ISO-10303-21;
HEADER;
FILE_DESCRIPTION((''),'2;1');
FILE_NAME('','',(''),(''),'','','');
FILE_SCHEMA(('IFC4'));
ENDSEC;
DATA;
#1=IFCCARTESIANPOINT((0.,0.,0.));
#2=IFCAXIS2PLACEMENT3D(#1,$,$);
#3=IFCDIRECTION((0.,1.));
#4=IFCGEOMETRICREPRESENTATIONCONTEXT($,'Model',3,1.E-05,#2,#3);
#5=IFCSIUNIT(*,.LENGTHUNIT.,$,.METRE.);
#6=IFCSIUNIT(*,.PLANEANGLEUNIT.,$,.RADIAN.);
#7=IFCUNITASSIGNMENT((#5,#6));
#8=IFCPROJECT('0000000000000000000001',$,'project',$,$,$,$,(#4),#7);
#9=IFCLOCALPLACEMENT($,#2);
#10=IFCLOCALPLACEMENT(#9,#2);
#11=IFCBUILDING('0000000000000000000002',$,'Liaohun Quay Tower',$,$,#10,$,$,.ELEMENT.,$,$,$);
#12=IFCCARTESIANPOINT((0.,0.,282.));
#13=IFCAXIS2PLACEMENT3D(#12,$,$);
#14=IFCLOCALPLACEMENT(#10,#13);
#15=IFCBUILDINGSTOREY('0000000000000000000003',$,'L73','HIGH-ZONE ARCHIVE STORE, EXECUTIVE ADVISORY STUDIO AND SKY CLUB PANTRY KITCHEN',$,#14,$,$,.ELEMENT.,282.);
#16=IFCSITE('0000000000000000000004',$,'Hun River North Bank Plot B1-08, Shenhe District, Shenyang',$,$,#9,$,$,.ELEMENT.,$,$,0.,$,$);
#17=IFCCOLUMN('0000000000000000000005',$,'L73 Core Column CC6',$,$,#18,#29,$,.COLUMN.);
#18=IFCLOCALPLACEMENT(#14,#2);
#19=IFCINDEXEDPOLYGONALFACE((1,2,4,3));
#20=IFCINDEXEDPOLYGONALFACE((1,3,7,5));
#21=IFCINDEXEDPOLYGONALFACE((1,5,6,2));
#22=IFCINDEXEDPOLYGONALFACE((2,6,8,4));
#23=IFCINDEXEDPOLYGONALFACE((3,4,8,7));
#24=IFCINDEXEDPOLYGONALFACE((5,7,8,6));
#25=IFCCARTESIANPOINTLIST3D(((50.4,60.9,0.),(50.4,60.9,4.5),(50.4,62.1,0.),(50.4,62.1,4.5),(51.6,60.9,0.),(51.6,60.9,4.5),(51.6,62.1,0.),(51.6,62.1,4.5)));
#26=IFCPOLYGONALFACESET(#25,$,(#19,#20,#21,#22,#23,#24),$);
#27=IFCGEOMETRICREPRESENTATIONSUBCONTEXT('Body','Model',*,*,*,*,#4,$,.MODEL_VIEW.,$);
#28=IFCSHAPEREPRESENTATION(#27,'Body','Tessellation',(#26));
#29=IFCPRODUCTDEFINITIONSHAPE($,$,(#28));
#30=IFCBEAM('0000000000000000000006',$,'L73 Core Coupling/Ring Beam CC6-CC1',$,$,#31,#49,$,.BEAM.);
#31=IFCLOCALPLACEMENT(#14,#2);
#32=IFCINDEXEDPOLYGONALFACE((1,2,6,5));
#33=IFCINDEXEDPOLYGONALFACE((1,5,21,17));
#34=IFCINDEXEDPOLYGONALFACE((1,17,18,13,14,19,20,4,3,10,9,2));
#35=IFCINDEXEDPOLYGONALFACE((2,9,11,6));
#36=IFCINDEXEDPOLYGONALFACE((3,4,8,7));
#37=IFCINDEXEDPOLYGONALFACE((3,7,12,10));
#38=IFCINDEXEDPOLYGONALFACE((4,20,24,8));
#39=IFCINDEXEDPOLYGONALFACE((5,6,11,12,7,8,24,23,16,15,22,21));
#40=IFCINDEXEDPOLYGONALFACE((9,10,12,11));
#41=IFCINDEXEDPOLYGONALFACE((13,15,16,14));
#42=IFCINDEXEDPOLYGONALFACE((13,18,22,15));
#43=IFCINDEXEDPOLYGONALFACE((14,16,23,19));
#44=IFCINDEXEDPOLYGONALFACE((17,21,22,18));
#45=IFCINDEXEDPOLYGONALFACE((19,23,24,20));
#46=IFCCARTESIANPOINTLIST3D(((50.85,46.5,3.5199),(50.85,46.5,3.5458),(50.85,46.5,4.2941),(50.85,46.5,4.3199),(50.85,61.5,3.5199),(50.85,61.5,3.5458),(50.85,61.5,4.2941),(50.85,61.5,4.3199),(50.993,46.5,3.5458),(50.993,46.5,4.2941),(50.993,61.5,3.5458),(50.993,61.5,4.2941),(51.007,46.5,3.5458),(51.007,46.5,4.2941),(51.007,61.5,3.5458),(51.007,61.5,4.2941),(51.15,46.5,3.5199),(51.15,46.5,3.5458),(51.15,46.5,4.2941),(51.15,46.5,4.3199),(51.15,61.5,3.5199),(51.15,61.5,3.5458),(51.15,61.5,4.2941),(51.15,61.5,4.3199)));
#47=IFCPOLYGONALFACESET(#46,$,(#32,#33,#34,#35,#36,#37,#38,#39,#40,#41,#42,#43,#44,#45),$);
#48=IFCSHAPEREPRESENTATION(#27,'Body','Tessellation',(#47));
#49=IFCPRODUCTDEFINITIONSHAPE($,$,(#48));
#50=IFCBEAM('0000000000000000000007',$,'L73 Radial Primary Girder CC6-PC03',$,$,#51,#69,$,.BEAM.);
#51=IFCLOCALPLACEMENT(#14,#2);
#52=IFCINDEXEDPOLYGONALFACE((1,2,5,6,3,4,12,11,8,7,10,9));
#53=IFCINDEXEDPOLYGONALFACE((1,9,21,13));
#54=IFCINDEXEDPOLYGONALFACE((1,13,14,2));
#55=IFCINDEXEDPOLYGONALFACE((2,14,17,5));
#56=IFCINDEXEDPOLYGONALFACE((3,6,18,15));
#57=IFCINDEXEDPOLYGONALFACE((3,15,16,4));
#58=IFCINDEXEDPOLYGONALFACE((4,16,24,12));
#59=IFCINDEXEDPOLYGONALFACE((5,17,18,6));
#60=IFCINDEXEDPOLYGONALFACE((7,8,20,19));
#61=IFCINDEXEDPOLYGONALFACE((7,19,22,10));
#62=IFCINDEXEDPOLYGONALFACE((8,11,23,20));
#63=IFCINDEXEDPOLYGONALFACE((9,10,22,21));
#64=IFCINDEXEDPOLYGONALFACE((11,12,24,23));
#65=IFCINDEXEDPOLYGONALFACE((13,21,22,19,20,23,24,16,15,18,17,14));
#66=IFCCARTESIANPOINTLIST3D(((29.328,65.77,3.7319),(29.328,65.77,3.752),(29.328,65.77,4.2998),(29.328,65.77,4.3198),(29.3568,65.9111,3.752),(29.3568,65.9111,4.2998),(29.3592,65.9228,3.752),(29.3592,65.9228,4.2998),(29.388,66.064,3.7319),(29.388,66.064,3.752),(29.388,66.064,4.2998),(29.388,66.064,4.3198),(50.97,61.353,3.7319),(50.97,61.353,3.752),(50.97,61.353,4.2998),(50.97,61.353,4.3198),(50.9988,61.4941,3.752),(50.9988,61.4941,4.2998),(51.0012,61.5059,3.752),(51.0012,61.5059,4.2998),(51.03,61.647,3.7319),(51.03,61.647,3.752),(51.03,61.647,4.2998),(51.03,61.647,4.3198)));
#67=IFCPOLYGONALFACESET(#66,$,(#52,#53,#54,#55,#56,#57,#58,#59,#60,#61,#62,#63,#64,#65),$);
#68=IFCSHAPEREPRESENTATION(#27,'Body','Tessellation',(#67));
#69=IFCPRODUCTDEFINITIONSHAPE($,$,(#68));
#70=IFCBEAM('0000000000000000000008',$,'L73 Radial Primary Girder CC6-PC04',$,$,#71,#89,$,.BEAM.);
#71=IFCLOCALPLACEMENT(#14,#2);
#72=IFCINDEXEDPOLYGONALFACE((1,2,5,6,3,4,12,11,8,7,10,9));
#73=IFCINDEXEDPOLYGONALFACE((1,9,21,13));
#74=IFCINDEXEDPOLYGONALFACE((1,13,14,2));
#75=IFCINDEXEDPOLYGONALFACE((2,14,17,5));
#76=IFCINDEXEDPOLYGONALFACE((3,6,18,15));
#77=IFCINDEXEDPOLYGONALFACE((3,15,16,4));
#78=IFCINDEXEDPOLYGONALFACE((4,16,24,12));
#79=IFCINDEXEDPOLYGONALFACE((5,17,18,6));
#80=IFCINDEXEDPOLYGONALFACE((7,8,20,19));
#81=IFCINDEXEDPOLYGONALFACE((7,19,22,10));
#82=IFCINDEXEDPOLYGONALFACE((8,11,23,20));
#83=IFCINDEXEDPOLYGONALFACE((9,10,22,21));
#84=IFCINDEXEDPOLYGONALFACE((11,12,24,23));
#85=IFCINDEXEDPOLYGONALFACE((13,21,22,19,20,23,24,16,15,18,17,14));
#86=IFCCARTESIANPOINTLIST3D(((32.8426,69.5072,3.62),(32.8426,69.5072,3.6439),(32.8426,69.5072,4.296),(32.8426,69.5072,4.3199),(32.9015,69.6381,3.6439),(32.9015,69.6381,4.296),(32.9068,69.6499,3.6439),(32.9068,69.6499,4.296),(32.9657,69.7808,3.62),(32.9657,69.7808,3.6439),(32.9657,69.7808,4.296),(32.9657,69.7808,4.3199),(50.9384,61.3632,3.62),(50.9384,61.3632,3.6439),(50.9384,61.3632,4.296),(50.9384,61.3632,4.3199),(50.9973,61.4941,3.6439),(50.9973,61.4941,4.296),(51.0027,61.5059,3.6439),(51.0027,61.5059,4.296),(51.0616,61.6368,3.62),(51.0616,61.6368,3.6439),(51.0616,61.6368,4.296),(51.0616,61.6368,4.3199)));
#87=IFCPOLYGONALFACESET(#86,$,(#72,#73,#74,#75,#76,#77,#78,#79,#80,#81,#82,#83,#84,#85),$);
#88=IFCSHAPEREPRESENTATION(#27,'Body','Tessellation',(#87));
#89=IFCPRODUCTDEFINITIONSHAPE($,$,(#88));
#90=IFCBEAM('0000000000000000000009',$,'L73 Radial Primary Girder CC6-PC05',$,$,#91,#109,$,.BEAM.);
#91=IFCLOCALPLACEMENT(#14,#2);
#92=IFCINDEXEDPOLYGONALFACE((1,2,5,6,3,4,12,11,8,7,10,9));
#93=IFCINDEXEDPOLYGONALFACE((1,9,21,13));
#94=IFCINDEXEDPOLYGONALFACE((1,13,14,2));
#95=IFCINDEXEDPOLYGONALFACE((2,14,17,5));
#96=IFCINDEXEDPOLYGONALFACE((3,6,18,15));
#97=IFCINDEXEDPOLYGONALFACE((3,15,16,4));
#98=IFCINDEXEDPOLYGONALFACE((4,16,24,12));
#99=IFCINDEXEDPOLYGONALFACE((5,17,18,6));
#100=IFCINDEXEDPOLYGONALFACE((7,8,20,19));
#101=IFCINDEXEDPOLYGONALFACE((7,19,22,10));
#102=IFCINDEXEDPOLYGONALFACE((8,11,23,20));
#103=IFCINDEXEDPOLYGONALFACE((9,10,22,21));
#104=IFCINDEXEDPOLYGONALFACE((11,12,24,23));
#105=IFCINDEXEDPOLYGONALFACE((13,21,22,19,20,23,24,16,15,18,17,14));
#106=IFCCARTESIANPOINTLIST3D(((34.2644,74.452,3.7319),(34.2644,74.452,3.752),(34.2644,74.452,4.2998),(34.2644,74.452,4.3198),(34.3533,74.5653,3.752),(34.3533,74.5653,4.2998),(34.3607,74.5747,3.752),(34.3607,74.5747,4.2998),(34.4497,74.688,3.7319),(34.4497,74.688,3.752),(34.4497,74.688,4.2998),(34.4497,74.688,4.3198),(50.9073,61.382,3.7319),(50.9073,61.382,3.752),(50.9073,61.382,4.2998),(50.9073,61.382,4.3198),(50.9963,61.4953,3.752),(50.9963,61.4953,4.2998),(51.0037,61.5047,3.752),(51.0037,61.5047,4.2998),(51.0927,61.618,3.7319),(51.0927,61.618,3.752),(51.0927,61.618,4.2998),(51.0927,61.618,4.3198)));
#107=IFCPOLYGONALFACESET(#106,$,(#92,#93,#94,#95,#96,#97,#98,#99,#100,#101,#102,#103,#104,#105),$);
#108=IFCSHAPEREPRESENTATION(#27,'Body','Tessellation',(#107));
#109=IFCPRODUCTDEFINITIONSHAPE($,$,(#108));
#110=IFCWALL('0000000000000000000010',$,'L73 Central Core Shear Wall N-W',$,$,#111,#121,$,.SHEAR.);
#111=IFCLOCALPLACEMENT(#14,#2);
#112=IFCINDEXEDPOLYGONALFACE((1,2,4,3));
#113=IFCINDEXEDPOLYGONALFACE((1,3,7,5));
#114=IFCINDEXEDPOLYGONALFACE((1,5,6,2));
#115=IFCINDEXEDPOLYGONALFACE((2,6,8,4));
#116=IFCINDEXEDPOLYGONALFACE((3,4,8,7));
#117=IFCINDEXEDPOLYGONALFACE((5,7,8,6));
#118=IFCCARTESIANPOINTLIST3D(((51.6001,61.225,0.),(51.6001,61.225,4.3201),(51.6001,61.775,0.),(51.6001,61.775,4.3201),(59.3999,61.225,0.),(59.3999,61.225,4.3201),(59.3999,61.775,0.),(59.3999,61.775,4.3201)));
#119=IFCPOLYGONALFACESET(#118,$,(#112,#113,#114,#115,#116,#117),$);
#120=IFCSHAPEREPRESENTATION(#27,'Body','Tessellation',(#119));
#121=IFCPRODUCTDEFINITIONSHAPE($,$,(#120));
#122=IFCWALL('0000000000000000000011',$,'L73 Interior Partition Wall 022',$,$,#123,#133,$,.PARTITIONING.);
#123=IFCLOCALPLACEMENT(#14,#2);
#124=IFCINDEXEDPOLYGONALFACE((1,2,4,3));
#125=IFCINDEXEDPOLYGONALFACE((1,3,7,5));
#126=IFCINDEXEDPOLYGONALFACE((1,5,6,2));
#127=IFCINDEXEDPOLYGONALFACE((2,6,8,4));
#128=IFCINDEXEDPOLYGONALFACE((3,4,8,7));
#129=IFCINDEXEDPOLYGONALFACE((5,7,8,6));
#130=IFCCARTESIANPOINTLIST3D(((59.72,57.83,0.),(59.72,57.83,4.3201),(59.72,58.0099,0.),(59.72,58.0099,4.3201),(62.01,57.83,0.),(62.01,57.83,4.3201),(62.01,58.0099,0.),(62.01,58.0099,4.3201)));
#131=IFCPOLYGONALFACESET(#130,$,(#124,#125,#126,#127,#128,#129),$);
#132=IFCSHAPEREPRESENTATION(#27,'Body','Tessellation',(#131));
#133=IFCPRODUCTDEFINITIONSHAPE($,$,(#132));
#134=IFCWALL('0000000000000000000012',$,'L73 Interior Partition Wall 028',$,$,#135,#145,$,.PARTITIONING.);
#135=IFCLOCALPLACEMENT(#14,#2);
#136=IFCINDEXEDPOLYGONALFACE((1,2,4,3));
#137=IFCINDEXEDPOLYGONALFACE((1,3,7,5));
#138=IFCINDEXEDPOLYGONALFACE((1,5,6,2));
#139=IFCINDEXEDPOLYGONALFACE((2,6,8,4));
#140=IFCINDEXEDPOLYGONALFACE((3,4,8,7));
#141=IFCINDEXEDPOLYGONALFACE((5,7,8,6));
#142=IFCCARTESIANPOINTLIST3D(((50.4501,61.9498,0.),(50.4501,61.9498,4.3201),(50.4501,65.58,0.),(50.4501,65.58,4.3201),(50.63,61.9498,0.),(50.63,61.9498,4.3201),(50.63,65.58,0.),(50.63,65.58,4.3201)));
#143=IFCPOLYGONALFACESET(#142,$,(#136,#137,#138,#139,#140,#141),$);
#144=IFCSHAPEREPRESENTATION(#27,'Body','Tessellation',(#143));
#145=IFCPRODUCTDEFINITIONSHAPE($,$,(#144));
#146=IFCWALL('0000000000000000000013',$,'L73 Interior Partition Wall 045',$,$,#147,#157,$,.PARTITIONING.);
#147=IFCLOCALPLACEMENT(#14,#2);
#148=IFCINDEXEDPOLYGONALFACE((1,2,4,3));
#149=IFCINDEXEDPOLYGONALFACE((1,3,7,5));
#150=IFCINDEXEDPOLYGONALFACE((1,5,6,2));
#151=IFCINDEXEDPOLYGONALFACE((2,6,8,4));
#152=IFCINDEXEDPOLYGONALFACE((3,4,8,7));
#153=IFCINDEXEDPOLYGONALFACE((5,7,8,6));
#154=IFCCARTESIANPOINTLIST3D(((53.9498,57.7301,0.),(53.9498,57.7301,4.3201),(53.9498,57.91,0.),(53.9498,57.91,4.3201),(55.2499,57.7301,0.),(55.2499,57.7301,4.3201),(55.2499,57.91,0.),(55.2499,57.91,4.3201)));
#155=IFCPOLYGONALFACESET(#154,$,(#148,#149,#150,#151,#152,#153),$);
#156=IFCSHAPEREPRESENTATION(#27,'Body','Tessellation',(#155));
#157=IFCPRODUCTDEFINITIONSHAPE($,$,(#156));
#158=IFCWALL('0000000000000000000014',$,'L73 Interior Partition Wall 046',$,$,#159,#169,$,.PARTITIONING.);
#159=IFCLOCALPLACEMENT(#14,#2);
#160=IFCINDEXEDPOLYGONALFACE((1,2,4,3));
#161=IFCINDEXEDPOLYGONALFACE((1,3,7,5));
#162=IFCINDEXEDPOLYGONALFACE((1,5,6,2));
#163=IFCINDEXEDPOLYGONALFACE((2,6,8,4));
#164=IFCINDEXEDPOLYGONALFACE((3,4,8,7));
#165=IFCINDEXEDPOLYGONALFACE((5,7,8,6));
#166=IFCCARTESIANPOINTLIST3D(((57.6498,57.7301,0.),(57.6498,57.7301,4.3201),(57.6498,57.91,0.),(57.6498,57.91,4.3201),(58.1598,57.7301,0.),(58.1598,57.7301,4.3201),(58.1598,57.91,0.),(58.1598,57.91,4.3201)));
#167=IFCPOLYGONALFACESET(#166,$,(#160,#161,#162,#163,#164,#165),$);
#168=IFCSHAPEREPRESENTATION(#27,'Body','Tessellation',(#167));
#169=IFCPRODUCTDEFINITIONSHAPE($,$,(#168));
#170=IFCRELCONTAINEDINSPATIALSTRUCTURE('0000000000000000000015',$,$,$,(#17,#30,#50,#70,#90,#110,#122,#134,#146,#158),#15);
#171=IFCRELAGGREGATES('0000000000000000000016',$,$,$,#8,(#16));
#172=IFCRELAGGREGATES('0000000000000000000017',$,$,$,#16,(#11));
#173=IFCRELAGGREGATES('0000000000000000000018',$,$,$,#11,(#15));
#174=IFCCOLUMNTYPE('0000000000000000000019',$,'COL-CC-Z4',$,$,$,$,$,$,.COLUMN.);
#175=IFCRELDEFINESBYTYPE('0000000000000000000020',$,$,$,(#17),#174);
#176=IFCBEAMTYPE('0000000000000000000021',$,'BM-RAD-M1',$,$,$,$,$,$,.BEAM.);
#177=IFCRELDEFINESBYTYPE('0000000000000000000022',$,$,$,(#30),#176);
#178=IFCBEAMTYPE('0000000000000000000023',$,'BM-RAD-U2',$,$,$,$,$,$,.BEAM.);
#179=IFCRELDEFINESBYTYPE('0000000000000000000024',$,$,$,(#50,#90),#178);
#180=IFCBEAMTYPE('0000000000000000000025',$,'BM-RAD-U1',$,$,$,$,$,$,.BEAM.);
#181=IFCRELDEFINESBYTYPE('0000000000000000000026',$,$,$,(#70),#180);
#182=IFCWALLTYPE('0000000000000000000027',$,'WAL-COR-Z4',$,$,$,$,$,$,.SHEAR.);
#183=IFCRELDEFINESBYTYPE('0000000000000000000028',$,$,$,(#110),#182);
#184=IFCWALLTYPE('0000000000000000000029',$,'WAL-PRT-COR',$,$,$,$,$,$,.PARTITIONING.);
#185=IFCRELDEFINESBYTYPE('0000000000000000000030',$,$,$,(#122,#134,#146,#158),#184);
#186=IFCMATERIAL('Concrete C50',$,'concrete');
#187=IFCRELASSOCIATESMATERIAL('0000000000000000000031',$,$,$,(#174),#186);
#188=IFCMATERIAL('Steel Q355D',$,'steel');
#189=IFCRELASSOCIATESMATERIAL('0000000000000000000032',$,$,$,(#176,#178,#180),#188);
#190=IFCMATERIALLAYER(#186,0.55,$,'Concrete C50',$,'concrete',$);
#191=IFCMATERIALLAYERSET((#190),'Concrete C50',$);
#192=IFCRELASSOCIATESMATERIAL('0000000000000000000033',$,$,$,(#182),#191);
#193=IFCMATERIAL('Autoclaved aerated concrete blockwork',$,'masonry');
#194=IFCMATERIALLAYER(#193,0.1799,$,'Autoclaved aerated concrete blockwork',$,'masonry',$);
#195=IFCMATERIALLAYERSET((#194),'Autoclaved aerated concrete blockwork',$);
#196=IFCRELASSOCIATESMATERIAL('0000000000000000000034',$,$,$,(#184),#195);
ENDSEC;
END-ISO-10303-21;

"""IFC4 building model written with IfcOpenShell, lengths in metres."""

from ifc_helpers import new_model, si_unit, direction, frame, frame_2d, origin, origin_2d, place, context, subcontext, project, spatial, rectangle, i_section, extrude, source, transform, mapped, material, layer, layer_set, material_profile, profile_set, type_object, element, save


model = new_model("IFC4")

# Units and contexts
model_context = context("Model", 3, precision=1e-05, world=origin(), true_north=direction((0.0, 1.0)))
body_context = subcontext(model_context, "Body", "Model", "MODEL_VIEW")
ifc_project = project(units=[si_unit("LENGTHUNIT", "METRE"), si_unit("PLANEANGLEUNIT", "RADIAN")], contexts=[model_context])

# Site, building, storey
site_placement = place(None, origin())
site = spatial("IfcSite", under=ifc_project, at=site_placement, Name="Hun River North Bank Plot B1-08, Shenhe District, Shenyang", CompositionType="ELEMENT", RefElevation=0.0)
building_placement = place(site_placement, origin())
building = spatial("IfcBuilding", under=site, at=building_placement, Name="Liaohun Quay Tower", CompositionType="ELEMENT")
storey_placement = place(building_placement, frame((0.0, 0.0, 282.0)))
storey = spatial("IfcBuildingStorey", under=building, at=storey_placement, Name="L73", Description="HIGH-ZONE ARCHIVE STORE, EXECUTIVE ADVISORY STUDIO AND SKY CLUB PANTRY KITCHEN", CompositionType="ELEMENT", Elevation=282.0)

# Column
ifc_material_1 = material(Name="Concrete C50", Category="concrete")
ifc_material_profile_1 = material_profile(ifc_material_1, rectangle(XDim=1.2, YDim=1.2, at=origin_2d()), Name="RC1200x1200")
ifc_profile_set_1 = profile_set([ifc_material_profile_1], Name="Concrete C50")
column_type = type_object("IfcColumnType", Name="COL-CC-Z4", PredefinedType="COLUMN", material=ifc_profile_set_1)
shared_shape_1 = source(origin(), body_context, "Body", "SweptSolid", [
    extrude(rectangle(XDim=1.2, YDim=1.2, at=origin_2d()), origin(), (0.0, 0.0, 1.0), 4.5),
])
column_placement = place(storey_placement, frame((51.0, 61.5, 0.0), z_axis=(0.0, 0.0, 1.0), x_axis=(1.0, 0.0, 0.0)))
element("IfcColumn", 1, at=column_placement, inside=storey, type_object=column_type, Name="L73 Core Column CC6", PredefinedType="COLUMN", context=body_context, shape_type="MappedRepresentation", body=[
    mapped(shared_shape_1, transform((0.0, 0.0, 0.0), x_axis=(1.0, 0.0, 0.0), y_axis=(0.0, 1.0, 0.0), z_axis=(0.0, 0.0, 1.0), scale=1.0)),
])

# Beams
ifc_material_2 = material(Name="Steel Q355D", Category="steel")
ifc_material_profile_2 = material_profile(ifc_material_2, i_section(OverallWidth=0.3, OverallDepth=0.8, WebThickness=0.0139, FlangeThickness=0.0259, at=origin_2d()), Name="HN800x300x14x26")
ifc_profile_set_2 = profile_set([ifc_material_profile_2], Name="Steel Q355D")
beam_type_1 = type_object("IfcBeamType", Name="BM-RAD-M1", PredefinedType="BEAM", material=ifc_profile_set_2)
shared_shape_2 = source(origin(), body_context, "Body", "SweptSolid", [
    extrude(i_section(OverallWidth=0.3, OverallDepth=0.8, WebThickness=0.0139, FlangeThickness=0.0259, at=origin_2d()), origin(), (0.0, 0.0, 1.0), 15.0),
])
beam_1_placement = place(storey_placement, frame((51.0, 61.5, 3.9199), z_axis=(0.0, -1.0, 0.0), x_axis=(1.0, 0.0, 0.0)))
element("IfcBeam", 2, at=beam_1_placement, inside=storey, type_object=beam_type_1, Name="L73 Core Coupling/Ring Beam CC6-CC1", PredefinedType="BEAM", context=body_context, shape_type="MappedRepresentation", body=[
    mapped(shared_shape_2, transform((0.0, 0.0, 0.0), x_axis=(1.0, 0.0, 0.0), y_axis=(0.0, 1.0, 0.0), z_axis=(0.0, 0.0, 1.0), scale=1.0)),
])
ifc_material_profile_3 = material_profile(ifc_material_2, i_section(OverallWidth=0.3, OverallDepth=0.5879, WebThickness=0.012, FlangeThickness=0.02, at=origin_2d()), Name="HM588x300x12x20")
ifc_profile_set_3 = profile_set([ifc_material_profile_3], Name="Steel Q355D")
beam_type_2 = type_object("IfcBeamType", Name="BM-RAD-U2", PredefinedType="BEAM", material=ifc_profile_set_3)
shared_shape_3 = source(origin(), body_context, "Body", "SweptSolid", [
    extrude(i_section(OverallWidth=0.3, OverallDepth=0.5879, WebThickness=0.012, FlangeThickness=0.02, at=origin_2d()), origin(), (0.0, 0.0, 1.0), 22.0881),
])
beam_2_placement = place(storey_placement, frame((51.0, 61.5, 4.0259), z_axis=(-0.979802, 0.19997, 0.0), x_axis=(-0.19997, -0.979802, 0.0)))
element("IfcBeam", 3, at=beam_2_placement, inside=storey, type_object=beam_type_2, Name="L73 Radial Primary Girder CC6-PC03", PredefinedType="BEAM", context=body_context, shape_type="MappedRepresentation", body=[
    mapped(shared_shape_3, transform((0.0, 0.0, 0.0), x_axis=(1.0, 0.0, 0.0), y_axis=(0.0, 1.0, 0.0), z_axis=(0.0, 0.0, 1.0), scale=1.0)),
])
ifc_material_profile_4 = material_profile(ifc_material_2, i_section(OverallWidth=0.3, OverallDepth=0.7, WebThickness=0.0129, FlangeThickness=0.0239, at=origin_2d()), Name="HN700x300x13x24")
ifc_profile_set_4 = profile_set([ifc_material_profile_4], Name="Steel Q355D")
beam_type_3 = type_object("IfcBeamType", Name="BM-RAD-U1", PredefinedType="BEAM", material=ifc_profile_set_4)
shared_shape_4 = source(origin(), body_context, "Body", "SweptSolid", [
    extrude(i_section(OverallWidth=0.3, OverallDepth=0.7, WebThickness=0.0129, FlangeThickness=0.0239, at=origin_2d()), origin(), (0.0, 0.0, 1.0), 19.844),
])
beam_3_placement = place(storey_placement, frame((51.0, 61.5, 3.97), z_axis=(-0.911905, 0.410401, 0.0), x_axis=(-0.410401, -0.911905, 0.0)))
element("IfcBeam", 4, at=beam_3_placement, inside=storey, type_object=beam_type_3, Name="L73 Radial Primary Girder CC6-PC04", PredefinedType="BEAM", context=body_context, shape_type="MappedRepresentation", body=[
    mapped(shared_shape_4, transform((0.0, 0.0, 0.0), x_axis=(1.0, 0.0, 0.0), y_axis=(0.0, 1.0, 0.0), z_axis=(0.0, 0.0, 1.0), scale=1.0)),
])
shared_shape_5 = source(origin(), body_context, "Body", "SweptSolid", [
    extrude(i_section(OverallWidth=0.3, OverallDepth=0.5879, WebThickness=0.012, FlangeThickness=0.02, at=origin_2d()), origin(), (0.0, 0.0, 1.0), 21.1616),
])
beam_4_placement = place(storey_placement, frame((51.0, 61.5, 4.0259), z_axis=(-0.78647, 0.617628, 0.0), x_axis=(-0.617628, -0.78647, 0.0)))
element("IfcBeam", 5, at=beam_4_placement, inside=storey, type_object=beam_type_2, Name="L73 Radial Primary Girder CC6-PC05", PredefinedType="BEAM", context=body_context, shape_type="MappedRepresentation", body=[
    mapped(shared_shape_5, transform((0.0, 0.0, 0.0), x_axis=(1.0, 0.0, 0.0), y_axis=(0.0, 1.0, 0.0), z_axis=(0.0, 0.0, 1.0), scale=1.0)),
])

# Walls
ifc_layer_1 = layer(ifc_material_1, 0.55, Name="Concrete C50", Category="concrete")
ifc_layer_set_1 = layer_set([ifc_layer_1], Name="Concrete C50")
wall_type_1 = type_object("IfcWallType", Name="WAL-COR-Z4", PredefinedType="SHEAR", material=ifc_layer_set_1)
wall_1_placement = place(storey_placement, frame((51.6001, 61.5, 0.0), z_axis=(0.0, 0.0, 1.0), x_axis=(1.0, 0.0, 0.0)))
element("IfcWall", 6, at=wall_1_placement, inside=storey, type_object=wall_type_1, Name="L73 Central Core Shear Wall N-W", PredefinedType="SHEAR", context=body_context, shape_type="SweptSolid", body=[
    extrude(rectangle(XDim=7.7998, YDim=0.55, at=frame_2d((3.8999, 0.0))), origin(), (0.0, 0.0, 1.0), 4.3201),
])
ifc_material_3 = material(Name="Autoclaved aerated concrete blockwork", Category="masonry")
ifc_layer_2 = layer(ifc_material_3, 0.1799, Name="Autoclaved aerated concrete blockwork", Category="masonry")
ifc_layer_set_2 = layer_set([ifc_layer_2], Name="Autoclaved aerated concrete blockwork")
wall_type_2 = type_object("IfcWallType", Name="WAL-PRT-COR", PredefinedType="PARTITIONING", material=ifc_layer_set_2)
wall_2_placement = place(storey_placement, frame((59.72, 57.9199, 0.0), z_axis=(0.0, 0.0, 1.0), x_axis=(1.0, 0.0, 0.0)))
element("IfcWall", 7, at=wall_2_placement, inside=storey, type_object=wall_type_2, Name="L73 Interior Partition Wall 022", PredefinedType="PARTITIONING", context=body_context, shape_type="SweptSolid", body=[
    extrude(rectangle(XDim=2.29, YDim=0.1799, at=frame_2d((1.145, 0.0))), origin(), (0.0, 0.0, 1.0), 4.3201),
])
wall_3_placement = place(storey_placement, frame((50.54, 61.95, 0.0), z_axis=(0.0, 0.0, 1.0), x_axis=(0.0, 1.0, 0.0)))
element("IfcWall", 8, at=wall_3_placement, inside=storey, type_object=wall_type_2, Name="L73 Interior Partition Wall 028", PredefinedType="PARTITIONING", context=body_context, shape_type="SweptSolid", body=[
    extrude(rectangle(XDim=3.6301, YDim=0.1799, at=frame_2d((1.8149, 0.0))), origin(), (0.0, 0.0, 1.0), 4.3201),
])
wall_4_placement = place(storey_placement, frame((53.95, 57.8201, 0.0), z_axis=(0.0, 0.0, 1.0), x_axis=(1.0, 0.0, 0.0)))
element("IfcWall", 9, at=wall_4_placement, inside=storey, type_object=wall_type_2, Name="L73 Interior Partition Wall 045", PredefinedType="PARTITIONING", context=body_context, shape_type="SweptSolid", body=[
    extrude(rectangle(XDim=1.3, YDim=0.1799, at=frame_2d((0.6499, 0.0))), origin(), (0.0, 0.0, 1.0), 4.3201),
])
wall_5_placement = place(storey_placement, frame((57.6499, 57.8201, 0.0), z_axis=(0.0, 0.0, 1.0), x_axis=(1.0, 0.0, 0.0)))
element("IfcWall", 10, at=wall_5_placement, inside=storey, type_object=wall_type_2, Name="L73 Interior Partition Wall 046", PredefinedType="PARTITIONING", context=body_context, shape_type="SweptSolid", body=[
    extrude(rectangle(XDim=0.51, YDim=0.1799, at=frame_2d((0.2549, 0.0))), origin(), (0.0, 0.0, 1.0), 4.3201),
])

save(model, "model.ifc")
